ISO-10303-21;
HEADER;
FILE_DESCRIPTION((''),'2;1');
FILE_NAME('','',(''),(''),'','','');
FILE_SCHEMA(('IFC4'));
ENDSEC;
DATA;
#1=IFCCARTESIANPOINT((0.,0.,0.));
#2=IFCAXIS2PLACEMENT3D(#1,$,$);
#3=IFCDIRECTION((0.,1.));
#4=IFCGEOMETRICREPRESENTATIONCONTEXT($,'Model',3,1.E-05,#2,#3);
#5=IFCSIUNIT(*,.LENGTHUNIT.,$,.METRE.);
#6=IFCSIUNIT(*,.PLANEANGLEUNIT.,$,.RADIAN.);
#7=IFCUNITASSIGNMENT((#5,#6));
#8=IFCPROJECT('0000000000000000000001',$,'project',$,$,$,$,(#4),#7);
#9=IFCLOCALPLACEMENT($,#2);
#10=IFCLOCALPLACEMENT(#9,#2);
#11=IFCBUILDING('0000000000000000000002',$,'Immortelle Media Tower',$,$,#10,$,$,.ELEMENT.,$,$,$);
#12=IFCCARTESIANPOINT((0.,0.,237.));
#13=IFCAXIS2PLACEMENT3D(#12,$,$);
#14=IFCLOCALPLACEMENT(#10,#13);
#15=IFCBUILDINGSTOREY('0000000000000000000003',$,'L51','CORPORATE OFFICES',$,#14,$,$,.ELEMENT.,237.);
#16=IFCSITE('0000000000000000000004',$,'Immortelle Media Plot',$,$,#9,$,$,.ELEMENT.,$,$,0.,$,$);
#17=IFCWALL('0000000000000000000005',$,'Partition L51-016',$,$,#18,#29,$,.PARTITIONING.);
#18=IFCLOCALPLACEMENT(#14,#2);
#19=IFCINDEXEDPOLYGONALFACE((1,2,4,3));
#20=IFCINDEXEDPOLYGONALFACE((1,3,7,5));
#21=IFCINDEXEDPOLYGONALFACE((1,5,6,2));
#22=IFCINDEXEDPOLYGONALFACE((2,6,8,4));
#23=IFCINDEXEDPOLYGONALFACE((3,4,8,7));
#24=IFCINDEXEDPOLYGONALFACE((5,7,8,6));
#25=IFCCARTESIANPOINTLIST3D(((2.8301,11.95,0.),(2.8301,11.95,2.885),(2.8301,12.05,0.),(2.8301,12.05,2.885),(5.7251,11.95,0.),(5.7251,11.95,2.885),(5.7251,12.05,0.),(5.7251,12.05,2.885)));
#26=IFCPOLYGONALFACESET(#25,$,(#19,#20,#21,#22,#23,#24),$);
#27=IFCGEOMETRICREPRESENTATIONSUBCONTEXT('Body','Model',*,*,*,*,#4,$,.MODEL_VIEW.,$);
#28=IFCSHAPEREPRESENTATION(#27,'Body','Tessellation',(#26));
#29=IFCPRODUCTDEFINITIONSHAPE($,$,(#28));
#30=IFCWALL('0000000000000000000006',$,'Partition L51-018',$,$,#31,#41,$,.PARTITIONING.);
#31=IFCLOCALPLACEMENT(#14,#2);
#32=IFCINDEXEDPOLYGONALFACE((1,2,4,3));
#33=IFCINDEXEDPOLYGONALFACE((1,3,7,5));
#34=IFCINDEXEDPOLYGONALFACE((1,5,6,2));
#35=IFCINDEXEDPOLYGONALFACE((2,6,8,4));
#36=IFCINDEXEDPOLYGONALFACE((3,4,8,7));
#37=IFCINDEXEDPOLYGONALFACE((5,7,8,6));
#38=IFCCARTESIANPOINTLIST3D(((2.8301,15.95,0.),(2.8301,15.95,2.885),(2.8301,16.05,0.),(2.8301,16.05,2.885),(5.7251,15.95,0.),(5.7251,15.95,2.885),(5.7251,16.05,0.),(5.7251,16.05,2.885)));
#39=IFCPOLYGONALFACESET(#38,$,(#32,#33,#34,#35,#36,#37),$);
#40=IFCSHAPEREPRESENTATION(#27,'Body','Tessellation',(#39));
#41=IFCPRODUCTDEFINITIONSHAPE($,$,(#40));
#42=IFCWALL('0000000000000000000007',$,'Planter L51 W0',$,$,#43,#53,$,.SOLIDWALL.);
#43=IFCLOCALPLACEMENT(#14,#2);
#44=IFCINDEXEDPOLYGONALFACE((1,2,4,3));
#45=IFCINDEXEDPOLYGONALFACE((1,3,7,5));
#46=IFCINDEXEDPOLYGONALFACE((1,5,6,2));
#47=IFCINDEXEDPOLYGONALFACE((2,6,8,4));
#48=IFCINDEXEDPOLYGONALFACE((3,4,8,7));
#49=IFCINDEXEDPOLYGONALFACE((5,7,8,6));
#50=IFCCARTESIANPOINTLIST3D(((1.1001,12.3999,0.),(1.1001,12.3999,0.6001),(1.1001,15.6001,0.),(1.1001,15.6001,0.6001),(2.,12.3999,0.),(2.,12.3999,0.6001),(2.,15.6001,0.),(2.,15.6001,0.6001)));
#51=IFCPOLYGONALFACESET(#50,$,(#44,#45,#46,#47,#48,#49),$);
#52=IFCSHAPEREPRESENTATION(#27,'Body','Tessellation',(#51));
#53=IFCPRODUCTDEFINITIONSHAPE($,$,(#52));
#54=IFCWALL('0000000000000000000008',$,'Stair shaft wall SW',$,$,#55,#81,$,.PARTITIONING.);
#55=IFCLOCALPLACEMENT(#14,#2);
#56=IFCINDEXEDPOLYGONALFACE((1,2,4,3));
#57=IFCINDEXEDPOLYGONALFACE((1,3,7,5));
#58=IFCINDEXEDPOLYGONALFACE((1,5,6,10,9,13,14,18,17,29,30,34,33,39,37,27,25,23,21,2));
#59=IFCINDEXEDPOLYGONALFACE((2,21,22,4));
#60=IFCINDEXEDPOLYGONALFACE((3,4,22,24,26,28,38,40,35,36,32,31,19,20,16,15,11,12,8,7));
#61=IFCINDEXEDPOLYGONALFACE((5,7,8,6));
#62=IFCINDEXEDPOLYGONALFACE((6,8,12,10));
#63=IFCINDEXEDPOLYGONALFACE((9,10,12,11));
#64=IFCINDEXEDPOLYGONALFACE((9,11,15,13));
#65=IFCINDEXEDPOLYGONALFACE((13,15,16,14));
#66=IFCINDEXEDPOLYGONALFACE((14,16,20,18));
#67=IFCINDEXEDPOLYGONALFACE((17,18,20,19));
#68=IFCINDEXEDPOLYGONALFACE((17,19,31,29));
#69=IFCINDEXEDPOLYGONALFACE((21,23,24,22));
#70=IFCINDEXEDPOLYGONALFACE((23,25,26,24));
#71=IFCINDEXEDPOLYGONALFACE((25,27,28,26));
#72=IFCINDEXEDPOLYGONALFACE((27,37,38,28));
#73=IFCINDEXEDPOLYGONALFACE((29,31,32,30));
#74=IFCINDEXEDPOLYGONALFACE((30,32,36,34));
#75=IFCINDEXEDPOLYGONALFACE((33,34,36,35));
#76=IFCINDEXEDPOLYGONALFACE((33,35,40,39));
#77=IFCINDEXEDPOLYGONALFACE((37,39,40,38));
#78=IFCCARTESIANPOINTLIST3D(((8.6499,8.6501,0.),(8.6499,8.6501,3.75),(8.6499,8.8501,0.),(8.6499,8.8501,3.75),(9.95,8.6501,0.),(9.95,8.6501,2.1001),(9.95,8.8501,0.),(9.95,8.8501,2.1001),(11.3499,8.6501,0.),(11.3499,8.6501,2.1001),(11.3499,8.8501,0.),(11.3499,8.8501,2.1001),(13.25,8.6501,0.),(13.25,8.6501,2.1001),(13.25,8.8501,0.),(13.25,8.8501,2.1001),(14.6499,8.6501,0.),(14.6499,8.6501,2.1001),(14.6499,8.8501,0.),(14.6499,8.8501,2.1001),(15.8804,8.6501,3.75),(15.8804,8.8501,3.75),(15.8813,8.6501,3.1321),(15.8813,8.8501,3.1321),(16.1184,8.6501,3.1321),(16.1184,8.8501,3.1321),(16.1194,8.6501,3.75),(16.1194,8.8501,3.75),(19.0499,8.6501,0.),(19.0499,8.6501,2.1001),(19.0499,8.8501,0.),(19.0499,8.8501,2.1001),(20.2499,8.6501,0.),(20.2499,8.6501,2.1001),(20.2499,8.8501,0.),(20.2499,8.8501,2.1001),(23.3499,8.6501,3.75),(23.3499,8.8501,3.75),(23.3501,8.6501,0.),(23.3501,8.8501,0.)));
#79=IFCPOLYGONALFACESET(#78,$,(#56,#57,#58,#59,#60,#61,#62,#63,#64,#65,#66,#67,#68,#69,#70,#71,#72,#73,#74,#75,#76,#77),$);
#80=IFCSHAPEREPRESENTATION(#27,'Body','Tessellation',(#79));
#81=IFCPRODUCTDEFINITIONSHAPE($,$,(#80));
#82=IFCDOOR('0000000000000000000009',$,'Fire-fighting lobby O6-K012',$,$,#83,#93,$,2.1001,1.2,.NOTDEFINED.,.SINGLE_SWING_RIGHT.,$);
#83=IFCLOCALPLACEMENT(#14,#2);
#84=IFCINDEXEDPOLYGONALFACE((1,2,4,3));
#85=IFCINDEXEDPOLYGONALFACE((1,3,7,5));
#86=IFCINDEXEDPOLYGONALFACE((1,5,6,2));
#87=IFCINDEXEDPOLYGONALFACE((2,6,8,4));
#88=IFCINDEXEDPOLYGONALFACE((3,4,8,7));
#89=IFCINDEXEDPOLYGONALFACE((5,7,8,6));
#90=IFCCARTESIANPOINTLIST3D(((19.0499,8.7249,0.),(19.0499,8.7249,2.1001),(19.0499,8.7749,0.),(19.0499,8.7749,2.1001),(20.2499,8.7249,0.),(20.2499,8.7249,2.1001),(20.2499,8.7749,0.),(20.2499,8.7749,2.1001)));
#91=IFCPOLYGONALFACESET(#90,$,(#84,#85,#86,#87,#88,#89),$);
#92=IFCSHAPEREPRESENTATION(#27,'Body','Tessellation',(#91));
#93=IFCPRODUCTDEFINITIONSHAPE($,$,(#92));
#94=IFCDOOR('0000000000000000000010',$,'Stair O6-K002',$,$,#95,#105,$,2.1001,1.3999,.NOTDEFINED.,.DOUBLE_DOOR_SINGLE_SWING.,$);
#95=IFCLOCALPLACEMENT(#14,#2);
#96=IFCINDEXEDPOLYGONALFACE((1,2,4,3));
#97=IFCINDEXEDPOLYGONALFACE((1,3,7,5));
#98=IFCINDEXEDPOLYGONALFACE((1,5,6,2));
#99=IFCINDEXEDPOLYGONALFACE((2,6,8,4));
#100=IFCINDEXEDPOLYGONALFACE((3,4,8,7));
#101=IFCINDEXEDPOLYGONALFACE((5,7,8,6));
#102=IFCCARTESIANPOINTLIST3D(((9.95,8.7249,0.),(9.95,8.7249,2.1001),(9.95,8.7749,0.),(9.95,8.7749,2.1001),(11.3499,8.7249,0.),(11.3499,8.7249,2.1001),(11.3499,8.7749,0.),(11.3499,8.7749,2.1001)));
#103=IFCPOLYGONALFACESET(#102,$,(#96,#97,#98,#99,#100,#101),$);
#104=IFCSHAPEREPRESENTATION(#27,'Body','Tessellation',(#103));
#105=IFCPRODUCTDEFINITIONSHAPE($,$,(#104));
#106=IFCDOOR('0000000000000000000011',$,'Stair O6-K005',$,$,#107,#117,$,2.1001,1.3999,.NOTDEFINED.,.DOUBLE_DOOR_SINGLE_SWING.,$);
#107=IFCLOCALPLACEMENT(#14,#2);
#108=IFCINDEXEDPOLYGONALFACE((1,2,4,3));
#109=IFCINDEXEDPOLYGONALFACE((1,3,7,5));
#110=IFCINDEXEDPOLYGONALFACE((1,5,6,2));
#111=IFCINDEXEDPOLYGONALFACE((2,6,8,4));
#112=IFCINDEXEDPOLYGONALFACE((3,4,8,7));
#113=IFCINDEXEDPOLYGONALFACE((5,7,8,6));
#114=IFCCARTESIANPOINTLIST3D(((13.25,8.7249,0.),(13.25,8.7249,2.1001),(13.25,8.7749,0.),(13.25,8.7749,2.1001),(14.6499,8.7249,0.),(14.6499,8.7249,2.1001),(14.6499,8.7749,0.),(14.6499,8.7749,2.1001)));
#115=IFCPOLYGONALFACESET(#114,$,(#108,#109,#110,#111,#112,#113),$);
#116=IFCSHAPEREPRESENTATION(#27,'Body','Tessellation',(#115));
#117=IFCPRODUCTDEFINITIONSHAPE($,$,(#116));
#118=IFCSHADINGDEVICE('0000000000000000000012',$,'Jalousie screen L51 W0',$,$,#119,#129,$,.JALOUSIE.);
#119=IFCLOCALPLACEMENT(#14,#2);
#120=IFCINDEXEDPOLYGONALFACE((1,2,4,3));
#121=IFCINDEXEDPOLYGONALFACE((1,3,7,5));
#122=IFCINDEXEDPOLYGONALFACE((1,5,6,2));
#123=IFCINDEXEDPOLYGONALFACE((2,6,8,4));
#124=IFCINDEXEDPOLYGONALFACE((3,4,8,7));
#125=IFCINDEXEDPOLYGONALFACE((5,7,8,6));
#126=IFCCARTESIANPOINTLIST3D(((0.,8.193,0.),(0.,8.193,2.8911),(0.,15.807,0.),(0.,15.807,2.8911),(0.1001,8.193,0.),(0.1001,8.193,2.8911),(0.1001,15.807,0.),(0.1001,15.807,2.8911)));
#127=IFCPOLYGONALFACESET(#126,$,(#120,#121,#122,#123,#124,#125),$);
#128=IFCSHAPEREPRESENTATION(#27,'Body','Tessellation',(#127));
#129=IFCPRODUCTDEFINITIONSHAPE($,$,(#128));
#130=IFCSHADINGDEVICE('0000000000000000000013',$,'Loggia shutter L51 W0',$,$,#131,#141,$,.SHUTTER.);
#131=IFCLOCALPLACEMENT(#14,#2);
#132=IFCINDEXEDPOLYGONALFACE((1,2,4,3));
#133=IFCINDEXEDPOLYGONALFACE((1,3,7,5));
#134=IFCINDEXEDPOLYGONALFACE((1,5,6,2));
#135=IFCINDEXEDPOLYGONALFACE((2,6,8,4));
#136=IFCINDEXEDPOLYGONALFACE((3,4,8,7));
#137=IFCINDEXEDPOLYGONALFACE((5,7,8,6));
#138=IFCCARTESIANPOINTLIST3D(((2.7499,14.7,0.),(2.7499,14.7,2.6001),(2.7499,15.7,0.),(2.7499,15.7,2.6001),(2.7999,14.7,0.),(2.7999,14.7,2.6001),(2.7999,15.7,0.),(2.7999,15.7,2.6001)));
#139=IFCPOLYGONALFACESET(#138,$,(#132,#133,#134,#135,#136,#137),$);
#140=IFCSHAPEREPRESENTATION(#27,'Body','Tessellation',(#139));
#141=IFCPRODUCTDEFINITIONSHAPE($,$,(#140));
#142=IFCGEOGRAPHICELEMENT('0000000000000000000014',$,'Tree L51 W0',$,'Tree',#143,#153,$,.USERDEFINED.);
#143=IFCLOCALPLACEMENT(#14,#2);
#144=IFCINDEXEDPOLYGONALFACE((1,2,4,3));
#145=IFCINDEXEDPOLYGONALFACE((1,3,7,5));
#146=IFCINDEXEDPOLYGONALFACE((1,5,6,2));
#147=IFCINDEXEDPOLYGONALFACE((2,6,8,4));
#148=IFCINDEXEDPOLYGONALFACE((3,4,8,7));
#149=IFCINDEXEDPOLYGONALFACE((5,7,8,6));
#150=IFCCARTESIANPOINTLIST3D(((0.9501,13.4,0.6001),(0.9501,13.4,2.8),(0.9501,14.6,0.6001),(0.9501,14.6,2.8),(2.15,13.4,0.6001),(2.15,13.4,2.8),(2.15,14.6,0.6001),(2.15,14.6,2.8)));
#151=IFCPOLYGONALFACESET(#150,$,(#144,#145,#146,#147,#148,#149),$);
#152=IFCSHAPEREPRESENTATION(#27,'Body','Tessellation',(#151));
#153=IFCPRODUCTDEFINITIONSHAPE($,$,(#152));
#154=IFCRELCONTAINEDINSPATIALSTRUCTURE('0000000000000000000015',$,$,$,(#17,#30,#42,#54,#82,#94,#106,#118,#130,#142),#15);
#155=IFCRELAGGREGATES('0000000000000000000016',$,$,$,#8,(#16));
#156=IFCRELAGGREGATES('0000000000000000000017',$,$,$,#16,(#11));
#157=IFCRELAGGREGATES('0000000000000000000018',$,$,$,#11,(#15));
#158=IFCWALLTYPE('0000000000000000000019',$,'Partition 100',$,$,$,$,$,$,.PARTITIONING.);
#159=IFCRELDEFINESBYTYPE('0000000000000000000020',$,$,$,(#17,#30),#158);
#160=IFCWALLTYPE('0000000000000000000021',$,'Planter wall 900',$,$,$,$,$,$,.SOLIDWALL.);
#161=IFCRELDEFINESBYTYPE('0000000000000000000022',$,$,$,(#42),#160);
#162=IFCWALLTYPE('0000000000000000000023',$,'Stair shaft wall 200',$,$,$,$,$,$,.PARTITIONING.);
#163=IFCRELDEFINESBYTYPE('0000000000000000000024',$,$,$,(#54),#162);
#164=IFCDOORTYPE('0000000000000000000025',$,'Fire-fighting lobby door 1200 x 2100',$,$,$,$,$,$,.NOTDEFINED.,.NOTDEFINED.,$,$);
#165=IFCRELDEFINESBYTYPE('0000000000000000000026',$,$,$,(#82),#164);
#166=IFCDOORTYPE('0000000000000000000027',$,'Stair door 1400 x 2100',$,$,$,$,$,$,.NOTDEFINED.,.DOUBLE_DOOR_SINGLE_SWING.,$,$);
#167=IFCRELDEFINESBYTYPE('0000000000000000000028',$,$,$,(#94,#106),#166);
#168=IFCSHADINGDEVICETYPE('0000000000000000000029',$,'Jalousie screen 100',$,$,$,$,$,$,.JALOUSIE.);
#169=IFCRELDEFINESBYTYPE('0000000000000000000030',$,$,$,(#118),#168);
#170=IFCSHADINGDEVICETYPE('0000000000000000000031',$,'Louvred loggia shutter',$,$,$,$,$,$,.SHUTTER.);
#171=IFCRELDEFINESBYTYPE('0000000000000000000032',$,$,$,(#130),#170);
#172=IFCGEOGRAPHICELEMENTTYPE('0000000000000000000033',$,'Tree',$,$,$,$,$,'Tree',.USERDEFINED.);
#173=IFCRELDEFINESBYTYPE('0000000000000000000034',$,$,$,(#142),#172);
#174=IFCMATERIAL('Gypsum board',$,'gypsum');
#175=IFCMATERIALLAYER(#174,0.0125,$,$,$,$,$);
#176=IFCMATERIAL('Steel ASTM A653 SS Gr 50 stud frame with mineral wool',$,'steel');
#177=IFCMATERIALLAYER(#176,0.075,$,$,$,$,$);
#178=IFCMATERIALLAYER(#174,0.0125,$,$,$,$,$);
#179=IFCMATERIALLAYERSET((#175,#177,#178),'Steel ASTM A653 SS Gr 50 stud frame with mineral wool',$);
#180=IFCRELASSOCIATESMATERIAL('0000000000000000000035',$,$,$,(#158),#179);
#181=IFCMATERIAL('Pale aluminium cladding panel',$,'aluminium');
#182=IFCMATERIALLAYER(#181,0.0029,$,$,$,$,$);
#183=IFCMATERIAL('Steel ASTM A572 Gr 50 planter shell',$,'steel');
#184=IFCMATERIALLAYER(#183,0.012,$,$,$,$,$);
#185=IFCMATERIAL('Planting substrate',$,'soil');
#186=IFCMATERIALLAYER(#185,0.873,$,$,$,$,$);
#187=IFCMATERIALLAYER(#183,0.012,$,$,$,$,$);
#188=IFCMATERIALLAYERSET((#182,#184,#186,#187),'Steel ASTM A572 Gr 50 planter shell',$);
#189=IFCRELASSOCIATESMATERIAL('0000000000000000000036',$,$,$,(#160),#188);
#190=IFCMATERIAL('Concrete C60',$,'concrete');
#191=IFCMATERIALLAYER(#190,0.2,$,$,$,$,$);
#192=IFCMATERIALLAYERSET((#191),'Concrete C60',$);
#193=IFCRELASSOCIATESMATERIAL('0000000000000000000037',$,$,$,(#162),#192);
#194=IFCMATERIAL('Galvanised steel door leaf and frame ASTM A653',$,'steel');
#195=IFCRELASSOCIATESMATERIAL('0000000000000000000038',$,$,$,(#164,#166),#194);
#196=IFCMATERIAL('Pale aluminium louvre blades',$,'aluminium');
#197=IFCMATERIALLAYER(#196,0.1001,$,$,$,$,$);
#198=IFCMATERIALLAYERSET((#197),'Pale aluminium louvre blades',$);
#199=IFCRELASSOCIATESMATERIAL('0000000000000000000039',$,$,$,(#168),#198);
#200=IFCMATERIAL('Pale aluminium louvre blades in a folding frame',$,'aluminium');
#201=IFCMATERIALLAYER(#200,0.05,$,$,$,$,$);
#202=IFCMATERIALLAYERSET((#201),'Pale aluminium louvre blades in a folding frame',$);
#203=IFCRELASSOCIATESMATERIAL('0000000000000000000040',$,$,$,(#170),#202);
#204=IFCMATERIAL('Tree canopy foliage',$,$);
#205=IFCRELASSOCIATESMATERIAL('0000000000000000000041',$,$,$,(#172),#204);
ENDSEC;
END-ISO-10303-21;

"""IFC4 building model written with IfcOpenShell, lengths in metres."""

from ifc_helpers import new_model, si_unit, direction, frame, frame_2d, origin, origin_2d, place, context, subcontext, project, spatial, polyline, rectangle, outline, extrude, material, layer, layer_set, type_object, element, fill, save


model = new_model("IFC4")

# Units and contexts
model_context = context("Model", 3, precision=1e-05, world=origin(), true_north=direction((0.0, 1.0)))
body_context = subcontext(model_context, "Body", "Model", "MODEL_VIEW")
ifc_project = project(units=[si_unit("LENGTHUNIT", "METRE"), si_unit("PLANEANGLEUNIT", "RADIAN")], contexts=[model_context])

# Site, building, storey
site_placement = place(None, origin())
site = spatial("IfcSite", under=ifc_project, at=site_placement, Name="Immortelle Media Plot", CompositionType="ELEMENT", RefElevation=0.0)
building_placement = place(site_placement, origin())
building = spatial("IfcBuilding", under=site, at=building_placement, Name="Immortelle Media Tower", CompositionType="ELEMENT")
storey_placement = place(building_placement, frame((0.0, 0.0, 237.0)))
storey = spatial("IfcBuildingStorey", under=building, at=storey_placement, Name="L51", Description="CORPORATE OFFICES", CompositionType="ELEMENT", Elevation=237.0)

# Shared definitions
ifc_material_1 = material(Name="Pale aluminium cladding panel", Category="aluminium")
ifc_material_2 = material(Name="Steel ASTM A653 SS Gr 50 stud frame with mineral wool", Category="steel")

# Walls
ifc_material_3 = material(Name="Gypsum board", Category="gypsum")
ifc_layer_1 = layer(ifc_material_3, 0.0125)
ifc_layer_2 = layer(ifc_material_2, 0.075)
ifc_layer_3 = layer(ifc_material_3, 0.0125)
ifc_layer_set_1 = layer_set([ifc_layer_1, ifc_layer_2, ifc_layer_3], Name="Steel ASTM A653 SS Gr 50 stud frame with mineral wool")
wall_type_1 = type_object("IfcWallType", Name="Partition 100", PredefinedType="PARTITIONING", material=ifc_layer_set_1)
for number, where, z_axis, x_axis, name in (
    (1, (2.8301, 12.0, 0.0), (0.0, 0.0, 1.0), (1.0, 0.0, 0.0), "Partition L51-016"),
    (2, (2.8301, 16.0, 0.0), (0.0, 0.0, 1.0), (1.0, 0.0, 0.0), "Partition L51-018"),
):
    element("IfcWall", number, at=place(storey_placement, frame(where, z_axis=z_axis, x_axis=x_axis)), inside=storey, type_object=wall_type_1, Name=name, PredefinedType="PARTITIONING", context=body_context, shape_type="SweptSolid", body=[
        extrude(rectangle(XDim=2.895, YDim=0.1001, at=frame_2d((1.4475, 0.0))), origin(), (0.0, 0.0, 1.0), 2.885),
    ])
ifc_layer_4 = layer(ifc_material_1, 0.0029)
ifc_material_4 = material(Name="Steel ASTM A572 Gr 50 planter shell", Category="steel")
ifc_layer_5 = layer(ifc_material_4, 0.012)
ifc_material_5 = material(Name="Planting substrate", Category="soil")
ifc_layer_6 = layer(ifc_material_5, 0.873)
ifc_layer_7 = layer(ifc_material_4, 0.012)
ifc_layer_set_2 = layer_set([ifc_layer_4, ifc_layer_5, ifc_layer_6, ifc_layer_7], Name="Steel ASTM A572 Gr 50 planter shell")
wall_type_2 = type_object("IfcWallType", Name="Planter wall 900", PredefinedType="SOLIDWALL", material=ifc_layer_set_2)
wall_1_placement = place(storey_placement, frame((1.55, 15.6001, 0.0), z_axis=(0.0, 0.0, 1.0), x_axis=(0.0, -1.0, 0.0)))
element("IfcWall", 3, at=wall_1_placement, inside=storey, type_object=wall_type_2, Name="Planter L51 W0", PredefinedType="SOLIDWALL", context=body_context, shape_type="SweptSolid", body=[
    extrude(rectangle(XDim=3.2002, YDim=0.8999, at=frame_2d((1.6001, 0.0))), origin(), (0.0, 0.0, 1.0), 0.6001),
])

# Wall, openings, doors
ifc_material_6 = material(Name="Concrete C60", Category="concrete")
ifc_layer_8 = layer(ifc_material_6, 0.2)
ifc_layer_set_3 = layer_set([ifc_layer_8], Name="Concrete C60")
wall_type_3 = type_object("IfcWallType", Name="Stair shaft wall 200", PredefinedType="PARTITIONING", material=ifc_layer_set_3)
wall_2_placement = place(storey_placement, frame((8.6499, 8.75, 0.0), z_axis=(0.0, 0.0, 1.0), x_axis=(1.0, 0.0, 0.0)))
wall_2 = element("IfcWall", 4, at=wall_2_placement, inside=storey, type_object=wall_type_3, Name="Stair shaft wall SW", PredefinedType="PARTITIONING", context=body_context, shape_type="SweptSolid", body=[
    extrude(outline(polyline([(0.0, 0.0), (14.7002, 0.0), (14.7, 3.75), (7.4695, 3.75), (7.4685, 3.1321), (7.2314, 3.1321), (7.2305, 3.75), (0.0, 3.75), (0.0, 0.0)])), frame((0.0, 0.1001, 0.0), z_axis=(0.0, -1.0, 0.0), x_axis=(1.0, 0.0, 0.0)), (0.0, 0.0, 1.0), 0.2),
])
opening_1_placement = place(wall_2_placement, frame((1.3, 0.0, 0.0)))
opening_1 = element("IfcOpeningElement", 5, at=opening_1_placement, cuts=wall_2, PredefinedType="OPENING", context=body_context, shape_type="SweptSolid", body=[
    extrude(rectangle(XDim=1.3999, YDim=2.1001, at=frame_2d((0.7, 1.05))), frame((0.0, 0.1099, 0.0), z_axis=(0.0, -1.0, 0.0), x_axis=(1.0, 0.0, 0.0)), (0.0, 0.0, 1.0), 0.22),
])
opening_2_placement = place(wall_2_placement, frame((4.6001, 0.0, 0.0)))
opening_2 = element("IfcOpeningElement", 6, at=opening_2_placement, cuts=wall_2, PredefinedType="OPENING", context=body_context, shape_type="SweptSolid", body=[
    extrude(rectangle(XDim=1.3999, YDim=2.1001, at=frame_2d((0.7, 1.05))), frame((0.0, 0.1099, 0.0), z_axis=(0.0, -1.0, 0.0), x_axis=(1.0, 0.0, 0.0)), (0.0, 0.0, 1.0), 0.22),
])
opening_3_placement = place(wall_2_placement, frame((10.3999, 0.0, 0.0)))
opening_3 = element("IfcOpeningElement", 7, at=opening_3_placement, cuts=wall_2, PredefinedType="OPENING", context=body_context, shape_type="SweptSolid", body=[
    extrude(rectangle(XDim=1.2, YDim=2.1001, at=frame_2d((0.6001, 1.05))), frame((0.0, 0.1099, 0.0), z_axis=(0.0, -1.0, 0.0), x_axis=(1.0, 0.0, 0.0)), (0.0, 0.0, 1.0), 0.22),
])
ifc_material_7 = material(Name="Galvanised steel door leaf and frame ASTM A653", Category="steel")
door_type_1 = type_object("IfcDoorType", Name="Fire-fighting lobby door 1200 x 2100", OperationType="NOTDEFINED", PredefinedType="NOTDEFINED", material=ifc_material_7)
door_1_placement = place(opening_3_placement, origin())
door_1 = element("IfcDoor", 8, at=door_1_placement, inside=storey, type_object=door_type_1, Name="Fire-fighting lobby O6-K012", OperationType="SINGLE_SWING_RIGHT", OverallHeight=2.1001, OverallWidth=1.2, PredefinedType="NOTDEFINED", context=body_context, shape_type="SweptSolid", body=[
    extrude(rectangle(XDim=1.2, YDim=2.1001, at=frame_2d((0.6001, 1.05))), frame((0.0, 0.0249, 0.0), z_axis=(0.0, -1.0, 0.0), x_axis=(1.0, 0.0, 0.0)), (0.0, 0.0, 1.0), 0.05),
])
fill(opening_3, door_1)
door_type_2 = type_object("IfcDoorType", Name="Stair door 1400 x 2100", OperationType="DOUBLE_DOOR_SINGLE_SWING", PredefinedType="NOTDEFINED", material=ifc_material_7)
door_2_placement = place(opening_1_placement, origin())
door_2 = element("IfcDoor", 9, at=door_2_placement, inside=storey, type_object=door_type_2, Name="Stair O6-K002", OperationType="DOUBLE_DOOR_SINGLE_SWING", OverallHeight=2.1001, OverallWidth=1.3999, PredefinedType="NOTDEFINED", context=body_context, shape_type="SweptSolid", body=[
    extrude(rectangle(XDim=1.3999, YDim=2.1001, at=frame_2d((0.7, 1.05))), frame((0.0, 0.0249, 0.0), z_axis=(0.0, -1.0, 0.0), x_axis=(1.0, 0.0, 0.0)), (0.0, 0.0, 1.0), 0.05),
])
fill(opening_1, door_2)
door_3_placement = place(opening_2_placement, origin())
door_3 = element("IfcDoor", 10, at=door_3_placement, inside=storey, type_object=door_type_2, Name="Stair O6-K005", OperationType="DOUBLE_DOOR_SINGLE_SWING", OverallHeight=2.1001, OverallWidth=1.3999, PredefinedType="NOTDEFINED", context=body_context, shape_type="SweptSolid", body=[
    extrude(rectangle(XDim=1.3999, YDim=2.1001, at=frame_2d((0.7, 1.05))), frame((0.0, 0.0249, 0.0), z_axis=(0.0, -1.0, 0.0), x_axis=(1.0, 0.0, 0.0)), (0.0, 0.0, 1.0), 0.05),
])
fill(opening_2, door_3)

# Shading devices
ifc_material_8 = material(Name="Pale aluminium louvre blades", Category="aluminium")
ifc_layer_9 = layer(ifc_material_8, 0.1001)
ifc_layer_set_4 = layer_set([ifc_layer_9], Name="Pale aluminium louvre blades")
shading_device_type_1 = type_object("IfcShadingDeviceType", Name="Jalousie screen 100", PredefinedType="JALOUSIE", material=ifc_layer_set_4)
shading_device_1_placement = place(storey_placement, frame((0.05, 12.0, 0.0), z_axis=(0.0, 0.0, 1.0), x_axis=(0.0, -1.0, 0.0)))
element("IfcShadingDevice", 11, at=shading_device_1_placement, inside=storey, type_object=shading_device_type_1, Name="Jalousie screen L51 W0", PredefinedType="JALOUSIE", context=body_context, shape_type="SweptSolid", body=[
    extrude(rectangle(XDim=7.614, YDim=0.1001, at=origin_2d()), origin(), (0.0, 0.0, 1.0), 2.8911),
])
ifc_material_9 = material(Name="Pale aluminium louvre blades in a folding frame", Category="aluminium")
ifc_layer_10 = layer(ifc_material_9, 0.05)
ifc_layer_set_5 = layer_set([ifc_layer_10], Name="Pale aluminium louvre blades in a folding frame")
shading_device_type_2 = type_object("IfcShadingDeviceType", Name="Louvred loggia shutter", PredefinedType="SHUTTER", material=ifc_layer_set_5)
shading_device_2_placement = place(storey_placement, frame((2.7749, 15.2, 0.0), z_axis=(0.0, 0.0, 1.0), x_axis=(0.0, -1.0, 0.0)))
element("IfcShadingDevice", 12, at=shading_device_2_placement, inside=storey, type_object=shading_device_type_2, Name="Loggia shutter L51 W0", PredefinedType="SHUTTER", context=body_context, shape_type="SweptSolid", body=[
    extrude(rectangle(XDim=1.0, YDim=0.05, at=origin_2d()), origin(), (0.0, 0.0, 1.0), 2.6001),
])

# Geographic element
ifc_material_10 = material(Name="Tree canopy foliage")
geographic_element_type = type_object("IfcGeographicElementType", Name="Tree", ElementType="Tree", PredefinedType="USERDEFINED", material=ifc_material_10)
geographic_element_placement = place(storey_placement, frame((1.55, 14.0, 0.6001), z_axis=(0.0, 0.0, 1.0), x_axis=(1.0, 0.0, 0.0)))
element("IfcGeographicElement", 13, at=geographic_element_placement, inside=storey, type_object=geographic_element_type, Name="Tree L51 W0", ObjectType="Tree", PredefinedType="USERDEFINED", context=body_context, shape_type="SweptSolid", body=[
    extrude(rectangle(XDim=1.2, YDim=1.2, at=origin_2d()), origin(), (0.0, 0.0, 1.0), 2.2),
])

save(model, "model.ifc")
